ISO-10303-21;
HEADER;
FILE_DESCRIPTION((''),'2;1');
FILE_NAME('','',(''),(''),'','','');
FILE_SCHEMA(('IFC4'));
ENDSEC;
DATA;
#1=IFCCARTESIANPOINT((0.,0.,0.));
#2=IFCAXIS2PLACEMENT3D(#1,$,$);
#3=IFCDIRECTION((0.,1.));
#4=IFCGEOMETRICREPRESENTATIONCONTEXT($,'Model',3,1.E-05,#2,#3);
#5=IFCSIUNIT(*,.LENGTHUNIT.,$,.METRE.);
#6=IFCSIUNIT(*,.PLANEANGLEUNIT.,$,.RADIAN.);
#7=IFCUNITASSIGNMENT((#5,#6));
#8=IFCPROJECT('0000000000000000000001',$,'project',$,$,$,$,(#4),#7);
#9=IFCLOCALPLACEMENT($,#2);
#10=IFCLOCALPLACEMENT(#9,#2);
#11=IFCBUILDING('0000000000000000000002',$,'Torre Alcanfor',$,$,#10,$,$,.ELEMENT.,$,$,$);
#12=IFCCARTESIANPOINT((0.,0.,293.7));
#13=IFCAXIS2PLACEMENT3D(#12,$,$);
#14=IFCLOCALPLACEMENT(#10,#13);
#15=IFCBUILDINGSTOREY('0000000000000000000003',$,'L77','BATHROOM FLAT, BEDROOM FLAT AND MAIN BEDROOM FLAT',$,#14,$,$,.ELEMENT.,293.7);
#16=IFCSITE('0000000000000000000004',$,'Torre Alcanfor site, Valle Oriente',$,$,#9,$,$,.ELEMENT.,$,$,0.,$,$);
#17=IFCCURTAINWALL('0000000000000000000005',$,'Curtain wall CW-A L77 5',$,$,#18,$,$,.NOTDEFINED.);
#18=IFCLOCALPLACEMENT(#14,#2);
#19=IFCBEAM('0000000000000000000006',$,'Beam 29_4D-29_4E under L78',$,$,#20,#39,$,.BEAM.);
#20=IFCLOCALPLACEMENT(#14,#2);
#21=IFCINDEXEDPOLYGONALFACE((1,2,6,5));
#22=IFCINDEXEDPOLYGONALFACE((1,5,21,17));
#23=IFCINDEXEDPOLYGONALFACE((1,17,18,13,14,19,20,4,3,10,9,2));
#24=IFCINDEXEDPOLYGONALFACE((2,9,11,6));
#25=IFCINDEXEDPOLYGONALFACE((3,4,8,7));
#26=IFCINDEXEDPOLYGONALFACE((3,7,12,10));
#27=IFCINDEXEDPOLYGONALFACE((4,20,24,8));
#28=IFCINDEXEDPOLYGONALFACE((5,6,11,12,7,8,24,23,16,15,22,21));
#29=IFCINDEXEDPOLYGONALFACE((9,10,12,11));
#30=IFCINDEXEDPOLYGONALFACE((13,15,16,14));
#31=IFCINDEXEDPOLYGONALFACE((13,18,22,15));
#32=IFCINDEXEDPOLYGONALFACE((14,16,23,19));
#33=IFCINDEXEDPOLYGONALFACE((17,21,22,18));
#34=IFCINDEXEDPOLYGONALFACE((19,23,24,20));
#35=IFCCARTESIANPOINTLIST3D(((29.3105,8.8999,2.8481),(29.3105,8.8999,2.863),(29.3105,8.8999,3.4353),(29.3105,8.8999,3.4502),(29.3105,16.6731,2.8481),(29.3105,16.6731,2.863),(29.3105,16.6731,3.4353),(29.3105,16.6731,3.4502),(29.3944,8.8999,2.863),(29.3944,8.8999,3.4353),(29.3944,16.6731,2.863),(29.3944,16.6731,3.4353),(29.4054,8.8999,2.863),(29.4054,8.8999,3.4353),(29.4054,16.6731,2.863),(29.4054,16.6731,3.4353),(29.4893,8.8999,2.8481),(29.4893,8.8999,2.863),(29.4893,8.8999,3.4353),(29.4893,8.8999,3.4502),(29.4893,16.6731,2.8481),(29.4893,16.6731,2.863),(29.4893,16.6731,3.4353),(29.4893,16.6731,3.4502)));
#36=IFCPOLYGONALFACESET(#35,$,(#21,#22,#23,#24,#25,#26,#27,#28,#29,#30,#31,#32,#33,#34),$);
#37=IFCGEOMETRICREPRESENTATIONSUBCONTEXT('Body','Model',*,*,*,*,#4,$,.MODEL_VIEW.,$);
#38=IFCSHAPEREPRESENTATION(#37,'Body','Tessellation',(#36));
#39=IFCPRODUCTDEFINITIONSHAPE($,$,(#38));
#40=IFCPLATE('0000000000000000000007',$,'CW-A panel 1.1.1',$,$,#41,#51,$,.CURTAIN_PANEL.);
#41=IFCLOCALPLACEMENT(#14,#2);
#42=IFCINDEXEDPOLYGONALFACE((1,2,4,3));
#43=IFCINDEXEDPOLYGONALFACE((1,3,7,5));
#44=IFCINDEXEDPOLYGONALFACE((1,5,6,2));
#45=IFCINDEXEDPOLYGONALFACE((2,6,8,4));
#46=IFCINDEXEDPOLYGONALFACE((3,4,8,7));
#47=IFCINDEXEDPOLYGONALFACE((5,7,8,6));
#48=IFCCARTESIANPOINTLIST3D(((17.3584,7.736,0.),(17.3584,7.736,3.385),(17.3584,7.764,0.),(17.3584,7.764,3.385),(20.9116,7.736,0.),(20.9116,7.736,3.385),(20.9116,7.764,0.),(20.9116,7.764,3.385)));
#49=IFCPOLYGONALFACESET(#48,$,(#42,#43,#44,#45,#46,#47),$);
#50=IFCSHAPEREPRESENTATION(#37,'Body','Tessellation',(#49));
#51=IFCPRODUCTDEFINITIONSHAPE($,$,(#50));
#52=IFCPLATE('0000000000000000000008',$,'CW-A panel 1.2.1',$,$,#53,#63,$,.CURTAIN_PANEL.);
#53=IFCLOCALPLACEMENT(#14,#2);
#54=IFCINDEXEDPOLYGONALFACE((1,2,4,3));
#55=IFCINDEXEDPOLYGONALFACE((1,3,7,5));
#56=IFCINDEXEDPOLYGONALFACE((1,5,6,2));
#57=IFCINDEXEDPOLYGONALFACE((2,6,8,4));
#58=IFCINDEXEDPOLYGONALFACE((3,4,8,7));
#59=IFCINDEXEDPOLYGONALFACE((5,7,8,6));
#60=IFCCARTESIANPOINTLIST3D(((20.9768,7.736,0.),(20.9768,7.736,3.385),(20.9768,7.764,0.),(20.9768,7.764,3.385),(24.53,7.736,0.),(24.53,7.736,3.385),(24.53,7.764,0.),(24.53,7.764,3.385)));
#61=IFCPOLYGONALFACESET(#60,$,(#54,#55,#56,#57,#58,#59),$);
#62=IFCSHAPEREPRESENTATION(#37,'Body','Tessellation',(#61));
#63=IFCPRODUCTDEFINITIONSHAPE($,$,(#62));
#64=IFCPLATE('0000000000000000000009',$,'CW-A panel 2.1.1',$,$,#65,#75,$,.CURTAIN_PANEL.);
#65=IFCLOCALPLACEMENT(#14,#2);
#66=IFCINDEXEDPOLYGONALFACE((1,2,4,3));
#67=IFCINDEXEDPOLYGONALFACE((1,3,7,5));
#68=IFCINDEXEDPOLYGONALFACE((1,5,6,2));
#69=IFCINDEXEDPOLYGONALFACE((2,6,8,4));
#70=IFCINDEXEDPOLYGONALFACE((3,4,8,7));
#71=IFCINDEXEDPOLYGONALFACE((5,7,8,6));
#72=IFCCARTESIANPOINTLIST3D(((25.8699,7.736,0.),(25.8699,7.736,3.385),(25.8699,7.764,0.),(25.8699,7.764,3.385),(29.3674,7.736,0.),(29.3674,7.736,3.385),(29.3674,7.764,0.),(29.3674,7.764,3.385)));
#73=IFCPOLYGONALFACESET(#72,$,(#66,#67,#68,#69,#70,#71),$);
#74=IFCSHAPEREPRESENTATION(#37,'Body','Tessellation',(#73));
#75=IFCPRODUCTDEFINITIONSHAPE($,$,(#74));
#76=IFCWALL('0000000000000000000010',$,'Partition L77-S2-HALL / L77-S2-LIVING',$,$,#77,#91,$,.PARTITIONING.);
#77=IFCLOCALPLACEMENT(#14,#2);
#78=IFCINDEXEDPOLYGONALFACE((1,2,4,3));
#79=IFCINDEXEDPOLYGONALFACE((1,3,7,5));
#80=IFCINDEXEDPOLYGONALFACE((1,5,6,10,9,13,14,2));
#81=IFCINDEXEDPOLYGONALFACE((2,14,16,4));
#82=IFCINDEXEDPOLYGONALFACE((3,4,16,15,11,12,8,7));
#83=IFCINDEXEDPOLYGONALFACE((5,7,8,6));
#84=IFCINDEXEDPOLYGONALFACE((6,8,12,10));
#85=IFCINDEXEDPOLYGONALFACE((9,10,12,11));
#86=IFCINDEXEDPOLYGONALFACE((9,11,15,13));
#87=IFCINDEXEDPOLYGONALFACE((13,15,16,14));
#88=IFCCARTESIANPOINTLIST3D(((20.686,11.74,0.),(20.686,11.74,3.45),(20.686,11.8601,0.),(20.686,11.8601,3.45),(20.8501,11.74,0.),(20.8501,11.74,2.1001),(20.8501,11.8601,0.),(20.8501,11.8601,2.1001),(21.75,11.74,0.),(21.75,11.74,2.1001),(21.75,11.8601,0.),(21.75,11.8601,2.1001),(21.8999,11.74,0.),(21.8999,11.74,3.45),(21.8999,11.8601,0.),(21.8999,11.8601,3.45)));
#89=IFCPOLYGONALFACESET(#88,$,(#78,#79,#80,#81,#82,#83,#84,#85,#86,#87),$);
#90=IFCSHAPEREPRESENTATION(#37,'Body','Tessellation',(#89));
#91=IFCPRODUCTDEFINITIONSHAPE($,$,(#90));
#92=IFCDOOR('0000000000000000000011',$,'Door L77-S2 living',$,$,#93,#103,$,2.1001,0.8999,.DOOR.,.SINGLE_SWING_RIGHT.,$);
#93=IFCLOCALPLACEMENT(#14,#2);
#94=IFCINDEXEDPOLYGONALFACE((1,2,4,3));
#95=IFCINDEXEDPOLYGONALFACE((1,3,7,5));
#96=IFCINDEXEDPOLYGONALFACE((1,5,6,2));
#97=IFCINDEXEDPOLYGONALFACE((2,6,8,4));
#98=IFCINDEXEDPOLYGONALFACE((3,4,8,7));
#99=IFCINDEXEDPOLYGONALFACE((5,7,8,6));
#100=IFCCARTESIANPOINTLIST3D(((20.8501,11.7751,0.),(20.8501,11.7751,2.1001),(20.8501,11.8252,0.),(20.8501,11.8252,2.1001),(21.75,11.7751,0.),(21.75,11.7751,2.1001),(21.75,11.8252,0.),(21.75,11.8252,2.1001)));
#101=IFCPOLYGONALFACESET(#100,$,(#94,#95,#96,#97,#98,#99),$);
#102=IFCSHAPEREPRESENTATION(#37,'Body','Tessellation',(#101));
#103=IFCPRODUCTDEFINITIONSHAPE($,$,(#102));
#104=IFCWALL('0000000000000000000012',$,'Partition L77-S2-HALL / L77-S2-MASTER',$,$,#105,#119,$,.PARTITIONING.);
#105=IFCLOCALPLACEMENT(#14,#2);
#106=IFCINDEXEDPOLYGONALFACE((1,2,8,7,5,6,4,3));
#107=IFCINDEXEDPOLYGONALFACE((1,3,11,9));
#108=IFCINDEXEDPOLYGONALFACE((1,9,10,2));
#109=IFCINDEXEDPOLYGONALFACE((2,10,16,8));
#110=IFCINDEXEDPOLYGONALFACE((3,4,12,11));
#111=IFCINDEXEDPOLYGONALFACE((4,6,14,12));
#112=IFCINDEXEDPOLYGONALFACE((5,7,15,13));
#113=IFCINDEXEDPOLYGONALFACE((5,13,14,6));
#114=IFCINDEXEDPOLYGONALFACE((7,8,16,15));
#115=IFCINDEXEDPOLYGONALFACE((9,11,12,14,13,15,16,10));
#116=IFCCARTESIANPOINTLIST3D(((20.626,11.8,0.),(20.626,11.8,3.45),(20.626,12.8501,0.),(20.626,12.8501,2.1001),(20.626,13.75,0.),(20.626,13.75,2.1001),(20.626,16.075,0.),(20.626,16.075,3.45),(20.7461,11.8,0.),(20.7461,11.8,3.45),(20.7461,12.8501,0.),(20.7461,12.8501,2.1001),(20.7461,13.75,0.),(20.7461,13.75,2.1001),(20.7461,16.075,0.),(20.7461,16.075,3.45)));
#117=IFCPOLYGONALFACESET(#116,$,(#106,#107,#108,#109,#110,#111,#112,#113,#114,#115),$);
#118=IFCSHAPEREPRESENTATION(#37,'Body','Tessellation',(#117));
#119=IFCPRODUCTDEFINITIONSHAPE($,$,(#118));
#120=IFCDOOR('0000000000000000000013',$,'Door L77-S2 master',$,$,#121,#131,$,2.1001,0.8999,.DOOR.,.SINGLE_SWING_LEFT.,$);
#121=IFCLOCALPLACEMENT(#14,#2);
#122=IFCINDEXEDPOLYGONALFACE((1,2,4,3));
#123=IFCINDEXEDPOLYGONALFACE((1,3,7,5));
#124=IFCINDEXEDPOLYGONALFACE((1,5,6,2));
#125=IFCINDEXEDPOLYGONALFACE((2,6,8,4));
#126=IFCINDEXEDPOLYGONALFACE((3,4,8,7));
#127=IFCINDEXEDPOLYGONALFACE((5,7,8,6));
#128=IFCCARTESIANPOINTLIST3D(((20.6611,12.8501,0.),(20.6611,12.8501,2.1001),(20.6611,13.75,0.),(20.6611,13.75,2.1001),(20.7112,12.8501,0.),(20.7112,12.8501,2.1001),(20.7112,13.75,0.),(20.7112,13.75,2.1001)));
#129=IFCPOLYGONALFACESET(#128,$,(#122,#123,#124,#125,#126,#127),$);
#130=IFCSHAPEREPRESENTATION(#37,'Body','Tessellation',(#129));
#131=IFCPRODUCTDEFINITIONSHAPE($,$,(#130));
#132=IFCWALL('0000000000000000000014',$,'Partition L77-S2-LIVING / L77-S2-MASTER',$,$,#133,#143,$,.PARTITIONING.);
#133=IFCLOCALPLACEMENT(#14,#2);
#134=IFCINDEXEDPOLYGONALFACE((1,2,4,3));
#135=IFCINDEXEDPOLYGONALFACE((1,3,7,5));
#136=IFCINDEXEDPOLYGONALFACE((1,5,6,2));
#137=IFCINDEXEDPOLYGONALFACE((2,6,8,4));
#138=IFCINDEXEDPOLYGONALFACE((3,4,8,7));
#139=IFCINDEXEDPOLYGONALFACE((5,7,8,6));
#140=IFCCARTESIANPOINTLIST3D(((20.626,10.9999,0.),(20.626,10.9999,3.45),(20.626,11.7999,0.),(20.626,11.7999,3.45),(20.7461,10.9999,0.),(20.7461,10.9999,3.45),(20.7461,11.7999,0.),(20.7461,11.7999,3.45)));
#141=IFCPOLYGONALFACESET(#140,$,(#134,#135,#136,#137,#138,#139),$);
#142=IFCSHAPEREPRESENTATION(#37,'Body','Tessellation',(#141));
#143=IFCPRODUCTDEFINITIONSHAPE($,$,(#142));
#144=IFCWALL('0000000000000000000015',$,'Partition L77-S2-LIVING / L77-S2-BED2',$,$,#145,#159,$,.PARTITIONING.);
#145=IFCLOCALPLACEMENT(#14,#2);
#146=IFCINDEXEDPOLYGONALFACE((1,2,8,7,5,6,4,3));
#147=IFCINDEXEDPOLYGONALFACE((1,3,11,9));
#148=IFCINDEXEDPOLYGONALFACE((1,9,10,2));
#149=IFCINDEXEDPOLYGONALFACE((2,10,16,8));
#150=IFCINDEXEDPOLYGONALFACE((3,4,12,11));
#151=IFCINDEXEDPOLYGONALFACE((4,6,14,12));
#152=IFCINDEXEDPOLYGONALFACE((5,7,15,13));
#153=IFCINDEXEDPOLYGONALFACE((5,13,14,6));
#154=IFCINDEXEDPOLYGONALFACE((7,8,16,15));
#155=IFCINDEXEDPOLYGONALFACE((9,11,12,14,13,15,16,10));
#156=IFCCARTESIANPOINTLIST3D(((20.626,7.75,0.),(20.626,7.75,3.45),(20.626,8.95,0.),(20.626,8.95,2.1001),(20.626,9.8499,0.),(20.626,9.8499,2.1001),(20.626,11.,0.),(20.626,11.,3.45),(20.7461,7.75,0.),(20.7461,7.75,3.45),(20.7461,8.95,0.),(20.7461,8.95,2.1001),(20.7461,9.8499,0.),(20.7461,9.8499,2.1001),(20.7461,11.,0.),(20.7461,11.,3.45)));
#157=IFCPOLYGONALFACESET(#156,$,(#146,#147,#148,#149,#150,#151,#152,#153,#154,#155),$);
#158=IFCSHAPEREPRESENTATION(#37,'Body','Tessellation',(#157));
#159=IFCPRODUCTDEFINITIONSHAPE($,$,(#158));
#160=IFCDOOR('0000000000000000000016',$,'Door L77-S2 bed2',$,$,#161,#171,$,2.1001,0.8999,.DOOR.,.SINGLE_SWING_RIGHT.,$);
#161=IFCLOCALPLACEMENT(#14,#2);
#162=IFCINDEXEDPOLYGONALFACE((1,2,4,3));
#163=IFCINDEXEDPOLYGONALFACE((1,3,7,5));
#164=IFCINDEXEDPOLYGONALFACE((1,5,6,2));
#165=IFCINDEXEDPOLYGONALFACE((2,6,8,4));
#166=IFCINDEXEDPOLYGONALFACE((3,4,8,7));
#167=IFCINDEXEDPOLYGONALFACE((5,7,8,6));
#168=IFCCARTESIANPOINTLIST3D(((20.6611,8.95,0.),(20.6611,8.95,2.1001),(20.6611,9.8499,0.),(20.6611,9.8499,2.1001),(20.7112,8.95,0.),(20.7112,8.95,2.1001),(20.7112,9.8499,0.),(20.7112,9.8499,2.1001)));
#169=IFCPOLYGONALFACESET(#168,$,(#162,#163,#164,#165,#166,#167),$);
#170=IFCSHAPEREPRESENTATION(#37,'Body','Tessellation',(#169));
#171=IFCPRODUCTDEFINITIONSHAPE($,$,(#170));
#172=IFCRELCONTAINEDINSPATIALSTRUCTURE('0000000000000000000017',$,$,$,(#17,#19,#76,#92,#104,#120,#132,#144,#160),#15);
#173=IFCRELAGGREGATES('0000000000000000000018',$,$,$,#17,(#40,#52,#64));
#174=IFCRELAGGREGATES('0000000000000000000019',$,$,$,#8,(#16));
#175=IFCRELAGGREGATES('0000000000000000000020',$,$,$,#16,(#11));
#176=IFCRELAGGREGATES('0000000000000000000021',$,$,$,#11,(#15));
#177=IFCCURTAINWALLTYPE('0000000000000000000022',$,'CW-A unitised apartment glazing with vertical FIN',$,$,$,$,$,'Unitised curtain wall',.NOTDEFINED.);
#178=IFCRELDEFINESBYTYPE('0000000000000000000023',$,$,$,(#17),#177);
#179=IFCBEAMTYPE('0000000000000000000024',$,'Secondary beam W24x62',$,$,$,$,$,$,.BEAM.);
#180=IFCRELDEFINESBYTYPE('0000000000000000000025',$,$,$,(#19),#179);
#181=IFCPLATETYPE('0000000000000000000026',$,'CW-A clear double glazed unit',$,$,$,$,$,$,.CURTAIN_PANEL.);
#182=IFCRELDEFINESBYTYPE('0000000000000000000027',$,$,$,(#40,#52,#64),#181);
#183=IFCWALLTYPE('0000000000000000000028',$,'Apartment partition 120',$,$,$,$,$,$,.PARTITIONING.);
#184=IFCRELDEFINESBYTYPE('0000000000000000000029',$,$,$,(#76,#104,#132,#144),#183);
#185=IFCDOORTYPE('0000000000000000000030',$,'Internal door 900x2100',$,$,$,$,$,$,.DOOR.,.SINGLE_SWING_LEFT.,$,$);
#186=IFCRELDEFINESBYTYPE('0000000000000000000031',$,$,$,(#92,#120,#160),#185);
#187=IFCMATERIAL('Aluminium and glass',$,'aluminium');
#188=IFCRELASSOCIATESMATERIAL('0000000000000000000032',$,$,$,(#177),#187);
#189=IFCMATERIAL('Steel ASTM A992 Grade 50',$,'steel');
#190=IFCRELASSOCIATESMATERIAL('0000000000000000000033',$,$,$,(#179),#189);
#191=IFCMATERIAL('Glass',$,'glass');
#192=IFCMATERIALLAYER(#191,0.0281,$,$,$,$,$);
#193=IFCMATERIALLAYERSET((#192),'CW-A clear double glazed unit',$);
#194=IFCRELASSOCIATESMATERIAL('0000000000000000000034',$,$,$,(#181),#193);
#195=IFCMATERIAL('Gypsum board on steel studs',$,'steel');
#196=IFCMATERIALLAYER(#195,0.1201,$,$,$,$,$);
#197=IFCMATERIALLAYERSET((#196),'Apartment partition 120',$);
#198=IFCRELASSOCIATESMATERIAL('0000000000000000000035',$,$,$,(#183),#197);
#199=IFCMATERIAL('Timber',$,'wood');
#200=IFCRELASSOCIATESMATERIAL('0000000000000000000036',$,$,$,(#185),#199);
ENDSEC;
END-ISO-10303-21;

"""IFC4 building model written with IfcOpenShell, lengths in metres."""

from ifc_helpers import new_model, si_unit, direction, frame, frame_2d, origin, origin_2d, place, context, subcontext, project, spatial, rectangle, i_section, extrude, material, layer, layer_set, material_profile, profile_set, type_object, element, fill, aggregate, save


model = new_model("IFC4")

# Units and contexts
model_context = context("Model", 3, precision=1e-05, world=origin(), true_north=direction((0.0, 1.0)))
body_context = subcontext(model_context, "Body", "Model", "MODEL_VIEW")
ifc_project = project(units=[si_unit("LENGTHUNIT", "METRE"), si_unit("PLANEANGLEUNIT", "RADIAN")], contexts=[model_context])

# Site, building, storey
site_placement = place(None, origin())
site = spatial("IfcSite", under=ifc_project, at=site_placement, Name="Torre Alcanfor site, Valle Oriente", CompositionType="ELEMENT", RefElevation=0.0)
building_placement = place(site_placement, origin())
building = spatial("IfcBuilding", under=site, at=building_placement, Name="Torre Alcanfor", CompositionType="ELEMENT")
storey_placement = place(building_placement, frame((0.0, 0.0, 293.7)))
storey = spatial("IfcBuildingStorey", under=building, at=storey_placement, Name="L77", Description="BATHROOM FLAT, BEDROOM FLAT AND MAIN BEDROOM FLAT", CompositionType="ELEMENT", Elevation=293.7)

# Curtain wall
ifc_material_1 = material(Name="Aluminium and glass", Category="aluminium")
curtain_wall_type = type_object("IfcCurtainWallType", Name="CW-A unitised apartment glazing with vertical FIN", ElementType="Unitised curtain wall", PredefinedType="NOTDEFINED", material=ifc_material_1)
curtain_wall_placement = place(storey_placement, origin())
curtain_wall = element("IfcCurtainWall", 1, at=curtain_wall_placement, inside=storey, type_object=curtain_wall_type, Name="Curtain wall CW-A L77 5", PredefinedType="NOTDEFINED")

# Beam
ifc_material_2 = material(Name="Steel ASTM A992 Grade 50", Category="steel")
ifc_material_profile_1 = material_profile(ifc_material_2, i_section(OverallWidth=0.1787, OverallDepth=0.6021, WebThickness=0.011, FlangeThickness=0.0149, at=origin_2d()), Name="W24x62")
ifc_profile_set_1 = profile_set([ifc_material_profile_1], Name="Steel ASTM A992 Grade 50")
beam_type_1 = type_object("IfcBeamType", Name="Secondary beam W24x62", PredefinedType="BEAM", material=ifc_profile_set_1)
for number, where, z_axis, x_axis, name in (
    (2, (29.3999, 8.8999, 3.1492), (0.0, 1.0, 0.0), (-1.0, 0.0, 0.0), "Beam 29_4D-29_4E under L78"),
):
    element("IfcBeam", number, at=place(storey_placement, frame(where, z_axis=z_axis, x_axis=x_axis)), inside=storey, type_object=beam_type_1, Name=name, PredefinedType="BEAM", context=body_context, shape_type="SweptSolid", body=[
        extrude(i_section(OverallWidth=0.1787, OverallDepth=0.6021, WebThickness=0.011, FlangeThickness=0.0149, at=origin_2d()), origin(), (0.0, 0.0, 1.0), 7.7732),
    ])

# Plates
ifc_material_3 = material(Name="Glass", Category="glass")
ifc_layer_1 = layer(ifc_material_3, 0.0281)
ifc_layer_set_1 = layer_set([ifc_layer_1], Name="CW-A clear double glazed unit")
plate_type = type_object("IfcPlateType", Name="CW-A clear double glazed unit", PredefinedType="CURTAIN_PANEL", material=ifc_layer_set_1)
plate_1_placement = place(storey_placement, frame((19.135, 7.75, 0.0), z_axis=(0.0, 0.0, 1.0), x_axis=(1.0, 0.0, 0.0)))
plate_1 = element("IfcPlate", 3, at=plate_1_placement, type_object=plate_type, Name="CW-A panel 1.1.1", PredefinedType="CURTAIN_PANEL", context=body_context, shape_type="SweptSolid", body=[
    extrude(rectangle(XDim=3.5532, YDim=0.0281, at=origin_2d()), origin(), (0.0, 0.0, 1.0), 3.385),
])
plate_2_placement = place(storey_placement, frame((22.7534, 7.75, 0.0), z_axis=(0.0, 0.0, 1.0), x_axis=(1.0, 0.0, 0.0)))
plate_2 = element("IfcPlate", 4, at=plate_2_placement, type_object=plate_type, Name="CW-A panel 1.2.1", PredefinedType="CURTAIN_PANEL", context=body_context, shape_type="SweptSolid", body=[
    extrude(rectangle(XDim=3.5532, YDim=0.0281, at=origin_2d()), origin(), (0.0, 0.0, 1.0), 3.385),
])
plate_3_placement = place(storey_placement, frame((27.6187, 7.75, 0.0), z_axis=(0.0, 0.0, 1.0), x_axis=(1.0, 0.0, 0.0)))
plate_3 = element("IfcPlate", 5, at=plate_3_placement, type_object=plate_type, Name="CW-A panel 2.1.1", PredefinedType="CURTAIN_PANEL", context=body_context, shape_type="SweptSolid", body=[
    extrude(rectangle(XDim=3.4976, YDim=0.0281, at=origin_2d()), origin(), (0.0, 0.0, 1.0), 3.385),
])
aggregate(curtain_wall, [plate_1, plate_2, plate_3])

# Walls, openings, doors
ifc_material_4 = material(Name="Gypsum board on steel studs", Category="steel")
ifc_layer_2 = layer(ifc_material_4, 0.1201)
ifc_layer_set_2 = layer_set([ifc_layer_2], Name="Apartment partition 120")
wall_type_1 = type_object("IfcWallType", Name="Apartment partition 120", PredefinedType="PARTITIONING", material=ifc_layer_set_2)
wall_1_placement = place(storey_placement, frame((21.8999, 11.8, 0.0), z_axis=(0.0, 0.0, 1.0), x_axis=(-1.0, 0.0, 0.0)))
wall_1 = element("IfcWall", 6, at=wall_1_placement, inside=storey, type_object=wall_type_1, Name="Partition L77-S2-HALL / L77-S2-LIVING", PredefinedType="PARTITIONING", context=body_context, shape_type="SweptSolid", body=[
    extrude(rectangle(XDim=1.2139, YDim=0.1201, at=frame_2d((0.6069, 0.0))), origin(), (0.0, 0.0, 1.0), 3.45),
])
opening_1_placement = place(wall_1_placement, frame((0.1499, 0.0, 0.0)))
opening_1 = element("IfcOpeningElement", 7, at=opening_1_placement, cuts=wall_1, PredefinedType="OPENING", context=body_context, shape_type="SweptSolid", body=[
    extrude(rectangle(XDim=0.8999, YDim=2.1001, at=frame_2d((0.45, 1.05))), frame((0.0, 0.0701, 0.0), z_axis=(0.0, -1.0, 0.0), x_axis=(1.0, 0.0, 0.0)), (0.0, 0.0, 1.0), 0.1401),
])
ifc_material_5 = material(Name="Timber", Category="wood")
door_type = type_object("IfcDoorType", Name="Internal door 900x2100", OperationType="SINGLE_SWING_LEFT", PredefinedType="DOOR", material=ifc_material_5)
door_1_placement = place(opening_1_placement, origin())
door_1 = element("IfcDoor", 8, at=door_1_placement, inside=storey, type_object=door_type, Name="Door L77-S2 living", OperationType="SINGLE_SWING_RIGHT", OverallHeight=2.1001, OverallWidth=0.8999, PredefinedType="DOOR", context=body_context, shape_type="SweptSolid", body=[
    extrude(rectangle(XDim=0.8999, YDim=2.1001, at=frame_2d((0.45, 1.05))), frame((0.0, 0.0249, 0.0), z_axis=(0.0, -1.0, 0.0), x_axis=(1.0, 0.0, 0.0)), (0.0, 0.0, 1.0), 0.05),
])
fill(opening_1, door_1)
wall_2_placement = place(storey_placement, frame((20.686, 11.8, 0.0), z_axis=(0.0, 0.0, 1.0), x_axis=(0.0, 1.0, 0.0)))
wall_2 = element("IfcWall", 9, at=wall_2_placement, inside=storey, type_object=wall_type_1, Name="Partition L77-S2-HALL / L77-S2-MASTER", PredefinedType="PARTITIONING", context=body_context, shape_type="SweptSolid", body=[
    extrude(rectangle(XDim=4.2749, YDim=0.1201, at=frame_2d((2.1375, 0.0))), origin(), (0.0, 0.0, 1.0), 3.45),
])
opening_2_placement = place(wall_2_placement, frame((1.05, 0.0, 0.0)))
opening_2 = element("IfcOpeningElement", 10, at=opening_2_placement, cuts=wall_2, PredefinedType="OPENING", context=body_context, shape_type="SweptSolid", body=[
    extrude(rectangle(XDim=0.8999, YDim=2.1001, at=frame_2d((0.45, 1.05))), frame((0.0, 0.0701, 0.0), z_axis=(0.0, -1.0, 0.0), x_axis=(1.0, 0.0, 0.0)), (0.0, 0.0, 1.0), 0.1401),
])
door_2_placement = place(opening_2_placement, origin())
door_2 = element("IfcDoor", 11, at=door_2_placement, inside=storey, type_object=door_type, Name="Door L77-S2 master", OperationType="SINGLE_SWING_LEFT", OverallHeight=2.1001, OverallWidth=0.8999, PredefinedType="DOOR", context=body_context, shape_type="SweptSolid", body=[
    extrude(rectangle(XDim=0.8999, YDim=2.1001, at=frame_2d((0.45, 1.05))), frame((0.0, 0.0249, 0.0), z_axis=(0.0, -1.0, 0.0), x_axis=(1.0, 0.0, 0.0)), (0.0, 0.0, 1.0), 0.05),
])
fill(opening_2, door_2)

# Wall
wall_3_placement = place(storey_placement, frame((20.686, 11.0, 0.0), z_axis=(0.0, 0.0, 1.0), x_axis=(0.0, 1.0, 0.0)))
element("IfcWall", 12, at=wall_3_placement, inside=storey, type_object=wall_type_1, Name="Partition L77-S2-LIVING / L77-S2-MASTER", PredefinedType="PARTITIONING", context=body_context, shape_type="SweptSolid", body=[
    extrude(rectangle(XDim=0.8, YDim=0.1201, at=frame_2d((0.3999, 0.0))), origin(), (0.0, 0.0, 1.0), 3.45),
])

# Wall, opening, door
wall_4_placement = place(storey_placement, frame((20.686, 7.75, 0.0), z_axis=(0.0, 0.0, 1.0), x_axis=(0.0, 1.0, 0.0)))
wall_4 = element("IfcWall", 13, at=wall_4_placement, inside=storey, type_object=wall_type_1, Name="Partition L77-S2-LIVING / L77-S2-BED2", PredefinedType="PARTITIONING", context=body_context, shape_type="SweptSolid", body=[
    extrude(rectangle(XDim=3.25, YDim=0.1201, at=frame_2d((1.625, 0.0))), origin(), (0.0, 0.0, 1.0), 3.45),
])
opening_3_placement = place(wall_4_placement, frame((1.2, 0.0, 0.0)))
opening_3 = element("IfcOpeningElement", 14, at=opening_3_placement, cuts=wall_4, PredefinedType="OPENING", context=body_context, shape_type="SweptSolid", body=[
    extrude(rectangle(XDim=0.8999, YDim=2.1001, at=frame_2d((0.45, 1.05))), frame((0.0, 0.0701, 0.0), z_axis=(0.0, -1.0, 0.0), x_axis=(1.0, 0.0, 0.0)), (0.0, 0.0, 1.0), 0.1401),
])
door_3_placement = place(opening_3_placement, origin())
door_3 = element("IfcDoor", 15, at=door_3_placement, inside=storey, type_object=door_type, Name="Door L77-S2 bed2", OperationType="SINGLE_SWING_RIGHT", OverallHeight=2.1001, OverallWidth=0.8999, PredefinedType="DOOR", context=body_context, shape_type="SweptSolid", body=[
    extrude(rectangle(XDim=0.8999, YDim=2.1001, at=frame_2d((0.45, 1.05))), frame((0.0, 0.0249, 0.0), z_axis=(0.0, -1.0, 0.0), x_axis=(1.0, 0.0, 0.0)), (0.0, 0.0, 1.0), 0.05),
])
fill(opening_3, door_3)

save(model, "model.ifc")
